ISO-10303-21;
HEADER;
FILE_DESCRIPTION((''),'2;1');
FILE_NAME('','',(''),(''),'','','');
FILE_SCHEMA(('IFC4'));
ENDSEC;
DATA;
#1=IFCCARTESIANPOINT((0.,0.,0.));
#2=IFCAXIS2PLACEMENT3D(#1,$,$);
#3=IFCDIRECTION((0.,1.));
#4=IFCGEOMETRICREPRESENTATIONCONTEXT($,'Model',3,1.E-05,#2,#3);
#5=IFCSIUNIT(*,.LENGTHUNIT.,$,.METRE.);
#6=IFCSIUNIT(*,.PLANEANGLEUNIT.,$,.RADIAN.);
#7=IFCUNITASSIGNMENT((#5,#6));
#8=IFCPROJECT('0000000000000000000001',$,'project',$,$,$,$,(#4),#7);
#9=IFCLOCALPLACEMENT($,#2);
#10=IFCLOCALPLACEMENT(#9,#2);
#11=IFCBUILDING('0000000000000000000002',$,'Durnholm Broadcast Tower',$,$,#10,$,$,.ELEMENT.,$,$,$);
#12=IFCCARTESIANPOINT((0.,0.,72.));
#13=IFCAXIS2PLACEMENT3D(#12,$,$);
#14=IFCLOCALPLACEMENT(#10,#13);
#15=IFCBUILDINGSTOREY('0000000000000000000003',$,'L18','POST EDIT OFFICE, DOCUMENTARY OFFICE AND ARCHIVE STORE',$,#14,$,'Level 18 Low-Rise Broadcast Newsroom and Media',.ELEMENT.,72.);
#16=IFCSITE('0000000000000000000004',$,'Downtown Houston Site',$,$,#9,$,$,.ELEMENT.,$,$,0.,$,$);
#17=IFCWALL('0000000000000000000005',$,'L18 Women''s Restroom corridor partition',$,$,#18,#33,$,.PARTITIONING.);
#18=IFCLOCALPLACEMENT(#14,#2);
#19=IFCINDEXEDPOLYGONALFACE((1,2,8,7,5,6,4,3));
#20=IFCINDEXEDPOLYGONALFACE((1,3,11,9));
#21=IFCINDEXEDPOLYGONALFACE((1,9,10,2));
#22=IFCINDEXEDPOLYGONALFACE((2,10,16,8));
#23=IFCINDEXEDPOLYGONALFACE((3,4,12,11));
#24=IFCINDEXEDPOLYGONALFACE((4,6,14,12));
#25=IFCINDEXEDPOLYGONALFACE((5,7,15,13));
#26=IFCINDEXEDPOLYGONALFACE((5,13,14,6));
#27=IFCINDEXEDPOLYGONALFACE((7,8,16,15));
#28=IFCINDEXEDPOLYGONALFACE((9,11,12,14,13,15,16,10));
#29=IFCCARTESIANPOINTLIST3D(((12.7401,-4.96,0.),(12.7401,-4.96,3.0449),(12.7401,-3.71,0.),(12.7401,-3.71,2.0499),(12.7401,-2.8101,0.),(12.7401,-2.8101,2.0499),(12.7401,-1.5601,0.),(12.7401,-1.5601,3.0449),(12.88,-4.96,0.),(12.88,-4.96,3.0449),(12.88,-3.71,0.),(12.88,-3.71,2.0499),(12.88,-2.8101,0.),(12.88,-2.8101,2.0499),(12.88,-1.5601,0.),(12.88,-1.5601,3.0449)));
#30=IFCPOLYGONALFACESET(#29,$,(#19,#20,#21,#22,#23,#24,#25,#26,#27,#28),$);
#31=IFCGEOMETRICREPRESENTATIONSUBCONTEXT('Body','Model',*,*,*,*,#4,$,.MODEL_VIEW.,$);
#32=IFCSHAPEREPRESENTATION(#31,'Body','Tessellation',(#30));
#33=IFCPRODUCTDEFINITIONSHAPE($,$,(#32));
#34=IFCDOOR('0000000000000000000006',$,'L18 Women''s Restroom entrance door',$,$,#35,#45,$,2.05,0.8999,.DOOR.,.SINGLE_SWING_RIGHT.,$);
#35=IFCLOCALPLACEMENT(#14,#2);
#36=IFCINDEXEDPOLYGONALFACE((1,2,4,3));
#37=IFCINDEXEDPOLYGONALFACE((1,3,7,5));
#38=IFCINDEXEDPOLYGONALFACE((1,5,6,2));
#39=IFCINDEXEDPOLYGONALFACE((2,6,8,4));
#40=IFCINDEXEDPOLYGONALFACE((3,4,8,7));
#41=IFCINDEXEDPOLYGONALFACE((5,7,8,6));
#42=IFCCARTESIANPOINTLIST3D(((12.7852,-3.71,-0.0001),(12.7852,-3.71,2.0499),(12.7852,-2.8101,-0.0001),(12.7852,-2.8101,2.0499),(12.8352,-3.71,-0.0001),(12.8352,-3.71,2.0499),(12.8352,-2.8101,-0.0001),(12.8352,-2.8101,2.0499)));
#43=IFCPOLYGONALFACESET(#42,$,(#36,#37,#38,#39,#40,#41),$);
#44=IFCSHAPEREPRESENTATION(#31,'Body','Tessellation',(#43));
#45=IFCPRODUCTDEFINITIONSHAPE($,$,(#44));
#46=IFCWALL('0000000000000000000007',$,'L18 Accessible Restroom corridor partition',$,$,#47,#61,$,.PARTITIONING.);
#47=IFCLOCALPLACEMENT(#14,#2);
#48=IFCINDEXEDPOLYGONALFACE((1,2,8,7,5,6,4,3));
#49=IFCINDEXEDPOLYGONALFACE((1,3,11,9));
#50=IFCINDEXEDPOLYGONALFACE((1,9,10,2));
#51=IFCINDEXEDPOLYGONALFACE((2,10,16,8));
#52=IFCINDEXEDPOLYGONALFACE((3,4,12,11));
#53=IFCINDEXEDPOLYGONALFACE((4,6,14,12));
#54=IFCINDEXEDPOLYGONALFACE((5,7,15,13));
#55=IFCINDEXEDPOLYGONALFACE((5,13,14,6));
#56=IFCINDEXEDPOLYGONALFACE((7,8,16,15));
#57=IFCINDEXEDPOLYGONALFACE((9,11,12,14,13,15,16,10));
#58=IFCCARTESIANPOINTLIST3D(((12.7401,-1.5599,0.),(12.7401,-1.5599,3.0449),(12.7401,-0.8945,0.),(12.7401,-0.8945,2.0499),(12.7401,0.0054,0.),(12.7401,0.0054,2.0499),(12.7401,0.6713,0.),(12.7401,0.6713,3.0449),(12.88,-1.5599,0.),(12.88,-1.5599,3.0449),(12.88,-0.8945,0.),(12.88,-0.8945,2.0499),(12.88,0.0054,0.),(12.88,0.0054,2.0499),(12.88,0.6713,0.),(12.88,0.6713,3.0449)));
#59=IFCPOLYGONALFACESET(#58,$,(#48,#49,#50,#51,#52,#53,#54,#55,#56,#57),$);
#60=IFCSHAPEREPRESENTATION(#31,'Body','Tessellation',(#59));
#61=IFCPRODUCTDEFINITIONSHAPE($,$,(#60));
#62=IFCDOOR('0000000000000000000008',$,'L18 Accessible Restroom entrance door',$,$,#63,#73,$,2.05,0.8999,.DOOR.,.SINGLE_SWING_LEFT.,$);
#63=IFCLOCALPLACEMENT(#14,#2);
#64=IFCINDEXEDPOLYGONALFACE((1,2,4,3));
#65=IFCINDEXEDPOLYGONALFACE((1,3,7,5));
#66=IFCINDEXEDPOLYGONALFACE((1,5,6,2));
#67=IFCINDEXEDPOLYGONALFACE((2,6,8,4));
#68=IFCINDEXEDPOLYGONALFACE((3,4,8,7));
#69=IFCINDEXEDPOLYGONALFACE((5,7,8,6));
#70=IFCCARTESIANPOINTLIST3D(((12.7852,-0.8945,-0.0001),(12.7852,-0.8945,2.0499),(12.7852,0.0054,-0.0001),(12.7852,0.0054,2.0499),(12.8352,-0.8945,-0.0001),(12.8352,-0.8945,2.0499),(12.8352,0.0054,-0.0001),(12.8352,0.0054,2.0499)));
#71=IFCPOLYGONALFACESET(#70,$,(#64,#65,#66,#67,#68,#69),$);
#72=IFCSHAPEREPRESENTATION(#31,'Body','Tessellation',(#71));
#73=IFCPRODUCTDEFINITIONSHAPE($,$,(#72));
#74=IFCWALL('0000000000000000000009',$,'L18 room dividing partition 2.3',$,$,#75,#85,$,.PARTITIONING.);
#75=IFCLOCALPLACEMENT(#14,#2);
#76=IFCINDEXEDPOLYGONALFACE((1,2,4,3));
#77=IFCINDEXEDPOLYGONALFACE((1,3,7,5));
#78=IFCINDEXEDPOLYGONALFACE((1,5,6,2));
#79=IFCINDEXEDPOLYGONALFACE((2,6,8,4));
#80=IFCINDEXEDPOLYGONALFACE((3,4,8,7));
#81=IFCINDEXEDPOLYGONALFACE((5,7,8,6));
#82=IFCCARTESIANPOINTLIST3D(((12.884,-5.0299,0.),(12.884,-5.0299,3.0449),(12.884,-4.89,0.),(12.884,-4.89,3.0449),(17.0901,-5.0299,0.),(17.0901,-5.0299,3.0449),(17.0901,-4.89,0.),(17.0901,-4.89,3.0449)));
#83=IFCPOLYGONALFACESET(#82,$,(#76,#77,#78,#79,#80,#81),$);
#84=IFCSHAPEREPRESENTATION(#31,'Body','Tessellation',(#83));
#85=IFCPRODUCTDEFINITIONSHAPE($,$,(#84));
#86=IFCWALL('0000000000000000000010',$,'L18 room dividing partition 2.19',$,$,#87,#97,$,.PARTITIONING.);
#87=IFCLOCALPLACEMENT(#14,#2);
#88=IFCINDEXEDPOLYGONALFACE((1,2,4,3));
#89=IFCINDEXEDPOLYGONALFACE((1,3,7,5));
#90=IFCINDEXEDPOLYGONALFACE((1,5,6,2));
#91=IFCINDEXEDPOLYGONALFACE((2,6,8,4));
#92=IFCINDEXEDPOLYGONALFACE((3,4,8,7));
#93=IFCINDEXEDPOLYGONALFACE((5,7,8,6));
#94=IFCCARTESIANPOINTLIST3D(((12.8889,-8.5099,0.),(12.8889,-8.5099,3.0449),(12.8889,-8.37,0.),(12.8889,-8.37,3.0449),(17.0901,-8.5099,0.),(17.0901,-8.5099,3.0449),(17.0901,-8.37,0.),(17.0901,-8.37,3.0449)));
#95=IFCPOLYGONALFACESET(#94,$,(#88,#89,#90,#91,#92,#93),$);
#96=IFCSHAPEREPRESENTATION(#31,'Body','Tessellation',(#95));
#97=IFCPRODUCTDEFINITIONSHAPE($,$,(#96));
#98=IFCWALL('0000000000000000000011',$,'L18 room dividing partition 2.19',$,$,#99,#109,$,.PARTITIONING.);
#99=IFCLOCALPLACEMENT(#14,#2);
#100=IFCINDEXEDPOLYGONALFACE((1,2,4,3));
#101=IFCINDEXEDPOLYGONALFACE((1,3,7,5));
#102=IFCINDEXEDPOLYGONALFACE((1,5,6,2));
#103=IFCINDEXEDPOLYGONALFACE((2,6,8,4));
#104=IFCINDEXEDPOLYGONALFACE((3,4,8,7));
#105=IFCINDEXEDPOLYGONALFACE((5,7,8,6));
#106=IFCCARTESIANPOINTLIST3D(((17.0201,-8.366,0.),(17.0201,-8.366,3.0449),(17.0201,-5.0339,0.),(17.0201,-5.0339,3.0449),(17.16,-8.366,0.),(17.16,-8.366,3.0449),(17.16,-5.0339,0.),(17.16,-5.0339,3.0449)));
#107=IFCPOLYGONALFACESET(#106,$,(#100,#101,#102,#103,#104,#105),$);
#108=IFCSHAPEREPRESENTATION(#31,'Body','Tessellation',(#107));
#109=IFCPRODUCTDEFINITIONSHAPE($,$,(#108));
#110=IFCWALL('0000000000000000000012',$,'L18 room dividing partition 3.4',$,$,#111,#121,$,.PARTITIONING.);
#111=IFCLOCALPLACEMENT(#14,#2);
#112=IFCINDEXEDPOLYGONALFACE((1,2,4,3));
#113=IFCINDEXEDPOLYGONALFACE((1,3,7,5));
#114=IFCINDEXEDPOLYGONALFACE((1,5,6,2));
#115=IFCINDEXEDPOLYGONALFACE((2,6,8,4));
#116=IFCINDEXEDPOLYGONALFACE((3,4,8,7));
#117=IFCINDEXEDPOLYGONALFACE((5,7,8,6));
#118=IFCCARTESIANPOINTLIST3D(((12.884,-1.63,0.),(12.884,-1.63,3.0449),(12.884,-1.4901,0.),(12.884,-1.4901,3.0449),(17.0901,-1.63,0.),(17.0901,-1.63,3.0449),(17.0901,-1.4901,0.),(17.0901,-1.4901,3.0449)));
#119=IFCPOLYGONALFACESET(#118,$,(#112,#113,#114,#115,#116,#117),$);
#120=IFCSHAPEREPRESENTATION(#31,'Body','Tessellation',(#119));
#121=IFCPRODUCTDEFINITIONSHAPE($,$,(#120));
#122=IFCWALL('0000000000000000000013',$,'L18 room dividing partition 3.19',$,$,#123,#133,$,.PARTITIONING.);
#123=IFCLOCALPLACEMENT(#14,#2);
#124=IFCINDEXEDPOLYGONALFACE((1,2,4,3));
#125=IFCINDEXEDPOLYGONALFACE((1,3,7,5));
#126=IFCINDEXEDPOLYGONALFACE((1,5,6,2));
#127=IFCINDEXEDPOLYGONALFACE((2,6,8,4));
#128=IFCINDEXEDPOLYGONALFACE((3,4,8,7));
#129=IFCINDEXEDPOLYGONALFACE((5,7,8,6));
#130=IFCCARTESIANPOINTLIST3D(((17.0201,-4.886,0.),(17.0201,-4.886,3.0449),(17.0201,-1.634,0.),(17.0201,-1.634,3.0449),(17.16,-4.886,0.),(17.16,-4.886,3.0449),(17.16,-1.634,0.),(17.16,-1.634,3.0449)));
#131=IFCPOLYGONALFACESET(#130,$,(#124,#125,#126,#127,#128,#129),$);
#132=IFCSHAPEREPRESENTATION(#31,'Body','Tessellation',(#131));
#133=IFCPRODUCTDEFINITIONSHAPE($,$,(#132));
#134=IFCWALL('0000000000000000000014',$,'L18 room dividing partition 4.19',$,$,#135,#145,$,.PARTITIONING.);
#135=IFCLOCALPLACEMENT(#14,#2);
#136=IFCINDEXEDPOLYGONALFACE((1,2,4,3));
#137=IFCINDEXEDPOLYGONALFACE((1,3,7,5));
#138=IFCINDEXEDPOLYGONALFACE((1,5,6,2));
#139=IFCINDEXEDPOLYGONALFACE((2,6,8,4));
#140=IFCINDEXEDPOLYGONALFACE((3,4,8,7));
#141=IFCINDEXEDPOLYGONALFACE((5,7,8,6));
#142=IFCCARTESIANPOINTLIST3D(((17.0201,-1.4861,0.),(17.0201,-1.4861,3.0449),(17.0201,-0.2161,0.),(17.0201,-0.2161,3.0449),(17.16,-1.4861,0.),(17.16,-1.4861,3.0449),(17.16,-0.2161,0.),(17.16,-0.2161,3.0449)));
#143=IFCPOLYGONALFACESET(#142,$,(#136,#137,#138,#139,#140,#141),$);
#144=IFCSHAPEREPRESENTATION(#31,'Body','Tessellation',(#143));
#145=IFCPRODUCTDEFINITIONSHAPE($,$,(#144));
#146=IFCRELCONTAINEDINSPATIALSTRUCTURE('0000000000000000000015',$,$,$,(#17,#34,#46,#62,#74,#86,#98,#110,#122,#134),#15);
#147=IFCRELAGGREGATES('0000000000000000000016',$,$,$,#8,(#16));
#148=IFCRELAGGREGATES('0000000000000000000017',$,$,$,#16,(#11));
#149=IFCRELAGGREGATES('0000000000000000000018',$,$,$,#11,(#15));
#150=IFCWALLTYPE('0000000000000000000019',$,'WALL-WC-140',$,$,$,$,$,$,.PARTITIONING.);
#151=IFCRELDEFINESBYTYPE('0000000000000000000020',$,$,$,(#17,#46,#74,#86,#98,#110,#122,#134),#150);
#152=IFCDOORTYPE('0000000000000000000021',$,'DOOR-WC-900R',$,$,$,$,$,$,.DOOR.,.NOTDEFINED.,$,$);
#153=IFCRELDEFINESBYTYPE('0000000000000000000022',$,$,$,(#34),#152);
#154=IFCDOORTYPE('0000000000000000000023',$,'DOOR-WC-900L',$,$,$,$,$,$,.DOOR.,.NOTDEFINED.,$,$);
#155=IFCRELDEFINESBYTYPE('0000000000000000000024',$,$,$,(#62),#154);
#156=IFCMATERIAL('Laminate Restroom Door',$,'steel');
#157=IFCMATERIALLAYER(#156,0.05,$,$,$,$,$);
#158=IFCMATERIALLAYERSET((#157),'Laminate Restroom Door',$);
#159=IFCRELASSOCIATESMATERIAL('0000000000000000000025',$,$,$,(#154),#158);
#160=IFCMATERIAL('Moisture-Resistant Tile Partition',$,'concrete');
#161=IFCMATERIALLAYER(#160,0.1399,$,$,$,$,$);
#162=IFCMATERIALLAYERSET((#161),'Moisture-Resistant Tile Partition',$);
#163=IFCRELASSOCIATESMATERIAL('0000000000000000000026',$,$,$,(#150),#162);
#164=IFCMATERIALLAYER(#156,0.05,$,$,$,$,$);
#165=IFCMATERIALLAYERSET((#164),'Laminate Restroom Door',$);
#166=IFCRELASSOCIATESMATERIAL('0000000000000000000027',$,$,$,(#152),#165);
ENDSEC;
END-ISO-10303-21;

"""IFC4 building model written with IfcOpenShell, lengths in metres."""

from ifc_helpers import new_model, si_unit, direction, frame, frame_2d, origin, place, context, subcontext, project, spatial, rectangle, extrude, source, transform, mapped, material, layer, layer_set, type_object, type_shapes, element, fill, save


model = new_model("IFC4")

# Units and contexts
model_context = context("Model", 3, precision=1e-05, world=origin(), true_north=direction((0.0, 1.0)))
body_context = subcontext(model_context, "Body", "Model", "MODEL_VIEW")
ifc_project = project(units=[si_unit("LENGTHUNIT", "METRE"), si_unit("PLANEANGLEUNIT", "RADIAN")], contexts=[model_context])

# Site, building, storey
site_placement = place(None, origin())
site = spatial("IfcSite", under=ifc_project, at=site_placement, Name="Downtown Houston Site", CompositionType="ELEMENT", RefElevation=0.0)
building_placement = place(site_placement, origin())
building = spatial("IfcBuilding", under=site, at=building_placement, Name="Durnholm Broadcast Tower", CompositionType="ELEMENT")
storey_placement = place(building_placement, frame((0.0, 0.0, 72.0)))
storey = spatial("IfcBuildingStorey", under=building, at=storey_placement, Name="L18", Description="POST EDIT OFFICE, DOCUMENTARY OFFICE AND ARCHIVE STORE", LongName="Level 18 Low-Rise Broadcast Newsroom and Media", CompositionType="ELEMENT", Elevation=72.0)

# Shared definitions
ifc_material_1 = material(Name="Laminate Restroom Door", Category="steel")
ifc_layer_1 = layer(ifc_material_1, 0.05)
ifc_layer_set_1 = layer_set([ifc_layer_1], Name="Laminate Restroom Door")
door_type_1 = type_object("IfcDoorType", Name="DOOR-WC-900L", OperationType="NOTDEFINED", PredefinedType="DOOR", material=ifc_layer_set_1)
shared_shape_1 = source(origin(), body_context, "Body", "SweptSolid", [
    extrude(rectangle(XDim=0.8999, YDim=2.05, at=frame_2d((0.45, 1.0249))), frame((0.0, 0.0249, 0.0), z_axis=(0.0, -1.0, 0.0), x_axis=(1.0, 0.0, 0.0)), (0.0, 0.0, 1.0), 0.05),
])
type_shapes(door_type_1, [shared_shape_1])

# Walls, openings, doors
ifc_material_2 = material(Name="Moisture-Resistant Tile Partition", Category="concrete")
ifc_layer_2 = layer(ifc_material_2, 0.1399)
ifc_layer_set_2 = layer_set([ifc_layer_2], Name="Moisture-Resistant Tile Partition")
wall_type_1 = type_object("IfcWallType", Name="WALL-WC-140", PredefinedType="PARTITIONING", material=ifc_layer_set_2)
wall_1_placement = place(storey_placement, frame((12.8101, -4.96, 0.0), z_axis=(0.0, 0.0, 1.0), x_axis=(0.0, 1.0, 0.0)))
wall_1 = element("IfcWall", 1, at=wall_1_placement, inside=storey, type_object=wall_type_1, Name="L18 Women's Restroom corridor partition", PredefinedType="PARTITIONING", context=body_context, shape_type="SweptSolid", body=[
    extrude(rectangle(XDim=3.3999, YDim=0.1399, at=frame_2d((1.7, 0.0))), origin(), (0.0, 0.0, 1.0), 3.0449),
])
opening_1_placement = place(wall_1_placement, frame((1.25, 0.0, 0.0)))
opening_1 = element("IfcOpeningElement", 2, at=opening_1_placement, cuts=wall_1, PredefinedType="OPENING", context=body_context, shape_type="SweptSolid", body=[
    extrude(rectangle(XDim=0.8999, YDim=2.05, at=frame_2d((0.45, 1.0249))), frame((0.0, 0.0801, 0.0), z_axis=(0.0, -1.0, 0.0), x_axis=(1.0, 0.0, 0.0)), (0.0, 0.0, 1.0), 0.1599),
])
ifc_layer_3 = layer(ifc_material_1, 0.05)
ifc_layer_set_3 = layer_set([ifc_layer_3], Name="Laminate Restroom Door")
door_type_2 = type_object("IfcDoorType", Name="DOOR-WC-900R", OperationType="NOTDEFINED", PredefinedType="DOOR", material=ifc_layer_set_3)
shared_shape_2 = source(origin(), body_context, "Body", "SweptSolid", [
    extrude(rectangle(XDim=0.8999, YDim=2.05, at=frame_2d((0.45, 1.0249))), frame((0.0, 0.0249, 0.0), z_axis=(0.0, -1.0, 0.0), x_axis=(1.0, 0.0, 0.0)), (0.0, 0.0, 1.0), 0.05),
])
type_shapes(door_type_2, [shared_shape_2])
door_1_placement = place(opening_1_placement, origin())
door_1 = element("IfcDoor", 3, at=door_1_placement, inside=storey, type_object=door_type_2, Name="L18 Women's Restroom entrance door", OperationType="SINGLE_SWING_RIGHT", OverallHeight=2.05, OverallWidth=0.8999, PredefinedType="DOOR", context=body_context, shape_type="MappedRepresentation", body=[
    mapped(shared_shape_2, transform((0.0, 0.0, 0.0), x_axis=(1.0, 0.0, 0.0), y_axis=(0.0, 1.0, 0.0), z_axis=(0.0, 0.0, 1.0), scale=1.0)),
])
fill(opening_1, door_1)
wall_2_placement = place(storey_placement, frame((12.8101, -1.5601, 0.0), z_axis=(0.0, 0.0, 1.0), x_axis=(0.0, 1.0, 0.0)))
wall_2 = element("IfcWall", 4, at=wall_2_placement, inside=storey, type_object=wall_type_1, Name="L18 Accessible Restroom corridor partition", PredefinedType="PARTITIONING", context=body_context, shape_type="SweptSolid", body=[
    extrude(rectangle(XDim=2.2312, YDim=0.1399, at=frame_2d((1.1157, 0.0))), origin(), (0.0, 0.0, 1.0), 3.0449),
])
opening_2_placement = place(wall_2_placement, frame((0.6655, 0.0, 0.0)))
opening_2 = element("IfcOpeningElement", 5, at=opening_2_placement, cuts=wall_2, PredefinedType="OPENING", context=body_context, shape_type="SweptSolid", body=[
    extrude(rectangle(XDim=0.8999, YDim=2.05, at=frame_2d((0.45, 1.0249))), frame((0.0, 0.0801, 0.0), z_axis=(0.0, -1.0, 0.0), x_axis=(1.0, 0.0, 0.0)), (0.0, 0.0, 1.0), 0.1599),
])
door_2_placement = place(opening_2_placement, origin())
door_2 = element("IfcDoor", 6, at=door_2_placement, inside=storey, type_object=door_type_1, Name="L18 Accessible Restroom entrance door", OperationType="SINGLE_SWING_LEFT", OverallHeight=2.05, OverallWidth=0.8999, PredefinedType="DOOR", context=body_context, shape_type="MappedRepresentation", body=[
    mapped(shared_shape_1, transform((0.0, 0.0, 0.0), x_axis=(1.0, 0.0, 0.0), y_axis=(0.0, 1.0, 0.0), z_axis=(0.0, 0.0, 1.0), scale=1.0)),
])
fill(opening_2, door_2)

# Walls
wall_3_placement = place(storey_placement, frame((12.884, -4.96, 0.0), z_axis=(0.0, 0.0, 1.0), x_axis=(1.0, 0.0, 0.0)))
element("IfcWall", 7, at=wall_3_placement, inside=storey, type_object=wall_type_1, Name="L18 room dividing partition 2.3", PredefinedType="PARTITIONING", context=body_context, shape_type="SweptSolid", body=[
    extrude(rectangle(XDim=4.2061, YDim=0.1399, at=frame_2d((2.103, 0.0))), origin(), (0.0, 0.0, 1.0), 3.0449),
])
wall_4_placement = place(storey_placement, frame((17.0901, -8.4399, 0.0), z_axis=(0.0, 0.0, 1.0), x_axis=(-1.0, 0.0, 0.0)))
element("IfcWall", 8, at=wall_4_placement, inside=storey, type_object=wall_type_1, Name="L18 room dividing partition 2.19", PredefinedType="PARTITIONING", context=body_context, shape_type="SweptSolid", body=[
    extrude(rectangle(XDim=4.2012, YDim=0.1399, at=frame_2d((2.1006, 0.0))), origin(), (0.0, 0.0, 1.0), 3.0449),
])
wall_5_placement = place(storey_placement, frame((17.0901, -5.0339, 0.0), z_axis=(0.0, 0.0, 1.0), x_axis=(0.0, -1.0, 0.0)))
element("IfcWall", 9, at=wall_5_placement, inside=storey, type_object=wall_type_1, Name="L18 room dividing partition 2.19", PredefinedType="PARTITIONING", context=body_context, shape_type="SweptSolid", body=[
    extrude(rectangle(XDim=3.332, YDim=0.1399, at=frame_2d((1.666, 0.0))), origin(), (0.0, 0.0, 1.0), 3.0449),
])
wall_6_placement = place(storey_placement, frame((12.884, -1.5601, 0.0), z_axis=(0.0, 0.0, 1.0), x_axis=(1.0, 0.0, 0.0)))
element("IfcWall", 10, at=wall_6_placement, inside=storey, type_object=wall_type_1, Name="L18 room dividing partition 3.4", PredefinedType="PARTITIONING", context=body_context, shape_type="SweptSolid", body=[
    extrude(rectangle(XDim=4.2061, YDim=0.1399, at=frame_2d((2.103, 0.0))), origin(), (0.0, 0.0, 1.0), 3.0449),
])
wall_7_placement = place(storey_placement, frame((17.0901, -1.634, 0.0), z_axis=(0.0, 0.0, 1.0), x_axis=(0.0, -1.0, 0.0)))
element("IfcWall", 11, at=wall_7_placement, inside=storey, type_object=wall_type_1, Name="L18 room dividing partition 3.19", PredefinedType="PARTITIONING", context=body_context, shape_type="SweptSolid", body=[
    extrude(rectangle(XDim=3.252, YDim=0.1399, at=frame_2d((1.626, 0.0))), origin(), (0.0, 0.0, 1.0), 3.0449),
])
wall_8_placement = place(storey_placement, frame((17.0901, -0.2161, 0.0), z_axis=(0.0, 0.0, 1.0), x_axis=(0.0, -1.0, 0.0)))
element("IfcWall", 12, at=wall_8_placement, inside=storey, type_object=wall_type_1, Name="L18 room dividing partition 4.19", PredefinedType="PARTITIONING", context=body_context, shape_type="SweptSolid", body=[
    extrude(rectangle(XDim=1.27, YDim=0.1399, at=frame_2d((0.635, 0.0))), origin(), (0.0, 0.0, 1.0), 3.0449),
])

save(model, "model.ifc")
